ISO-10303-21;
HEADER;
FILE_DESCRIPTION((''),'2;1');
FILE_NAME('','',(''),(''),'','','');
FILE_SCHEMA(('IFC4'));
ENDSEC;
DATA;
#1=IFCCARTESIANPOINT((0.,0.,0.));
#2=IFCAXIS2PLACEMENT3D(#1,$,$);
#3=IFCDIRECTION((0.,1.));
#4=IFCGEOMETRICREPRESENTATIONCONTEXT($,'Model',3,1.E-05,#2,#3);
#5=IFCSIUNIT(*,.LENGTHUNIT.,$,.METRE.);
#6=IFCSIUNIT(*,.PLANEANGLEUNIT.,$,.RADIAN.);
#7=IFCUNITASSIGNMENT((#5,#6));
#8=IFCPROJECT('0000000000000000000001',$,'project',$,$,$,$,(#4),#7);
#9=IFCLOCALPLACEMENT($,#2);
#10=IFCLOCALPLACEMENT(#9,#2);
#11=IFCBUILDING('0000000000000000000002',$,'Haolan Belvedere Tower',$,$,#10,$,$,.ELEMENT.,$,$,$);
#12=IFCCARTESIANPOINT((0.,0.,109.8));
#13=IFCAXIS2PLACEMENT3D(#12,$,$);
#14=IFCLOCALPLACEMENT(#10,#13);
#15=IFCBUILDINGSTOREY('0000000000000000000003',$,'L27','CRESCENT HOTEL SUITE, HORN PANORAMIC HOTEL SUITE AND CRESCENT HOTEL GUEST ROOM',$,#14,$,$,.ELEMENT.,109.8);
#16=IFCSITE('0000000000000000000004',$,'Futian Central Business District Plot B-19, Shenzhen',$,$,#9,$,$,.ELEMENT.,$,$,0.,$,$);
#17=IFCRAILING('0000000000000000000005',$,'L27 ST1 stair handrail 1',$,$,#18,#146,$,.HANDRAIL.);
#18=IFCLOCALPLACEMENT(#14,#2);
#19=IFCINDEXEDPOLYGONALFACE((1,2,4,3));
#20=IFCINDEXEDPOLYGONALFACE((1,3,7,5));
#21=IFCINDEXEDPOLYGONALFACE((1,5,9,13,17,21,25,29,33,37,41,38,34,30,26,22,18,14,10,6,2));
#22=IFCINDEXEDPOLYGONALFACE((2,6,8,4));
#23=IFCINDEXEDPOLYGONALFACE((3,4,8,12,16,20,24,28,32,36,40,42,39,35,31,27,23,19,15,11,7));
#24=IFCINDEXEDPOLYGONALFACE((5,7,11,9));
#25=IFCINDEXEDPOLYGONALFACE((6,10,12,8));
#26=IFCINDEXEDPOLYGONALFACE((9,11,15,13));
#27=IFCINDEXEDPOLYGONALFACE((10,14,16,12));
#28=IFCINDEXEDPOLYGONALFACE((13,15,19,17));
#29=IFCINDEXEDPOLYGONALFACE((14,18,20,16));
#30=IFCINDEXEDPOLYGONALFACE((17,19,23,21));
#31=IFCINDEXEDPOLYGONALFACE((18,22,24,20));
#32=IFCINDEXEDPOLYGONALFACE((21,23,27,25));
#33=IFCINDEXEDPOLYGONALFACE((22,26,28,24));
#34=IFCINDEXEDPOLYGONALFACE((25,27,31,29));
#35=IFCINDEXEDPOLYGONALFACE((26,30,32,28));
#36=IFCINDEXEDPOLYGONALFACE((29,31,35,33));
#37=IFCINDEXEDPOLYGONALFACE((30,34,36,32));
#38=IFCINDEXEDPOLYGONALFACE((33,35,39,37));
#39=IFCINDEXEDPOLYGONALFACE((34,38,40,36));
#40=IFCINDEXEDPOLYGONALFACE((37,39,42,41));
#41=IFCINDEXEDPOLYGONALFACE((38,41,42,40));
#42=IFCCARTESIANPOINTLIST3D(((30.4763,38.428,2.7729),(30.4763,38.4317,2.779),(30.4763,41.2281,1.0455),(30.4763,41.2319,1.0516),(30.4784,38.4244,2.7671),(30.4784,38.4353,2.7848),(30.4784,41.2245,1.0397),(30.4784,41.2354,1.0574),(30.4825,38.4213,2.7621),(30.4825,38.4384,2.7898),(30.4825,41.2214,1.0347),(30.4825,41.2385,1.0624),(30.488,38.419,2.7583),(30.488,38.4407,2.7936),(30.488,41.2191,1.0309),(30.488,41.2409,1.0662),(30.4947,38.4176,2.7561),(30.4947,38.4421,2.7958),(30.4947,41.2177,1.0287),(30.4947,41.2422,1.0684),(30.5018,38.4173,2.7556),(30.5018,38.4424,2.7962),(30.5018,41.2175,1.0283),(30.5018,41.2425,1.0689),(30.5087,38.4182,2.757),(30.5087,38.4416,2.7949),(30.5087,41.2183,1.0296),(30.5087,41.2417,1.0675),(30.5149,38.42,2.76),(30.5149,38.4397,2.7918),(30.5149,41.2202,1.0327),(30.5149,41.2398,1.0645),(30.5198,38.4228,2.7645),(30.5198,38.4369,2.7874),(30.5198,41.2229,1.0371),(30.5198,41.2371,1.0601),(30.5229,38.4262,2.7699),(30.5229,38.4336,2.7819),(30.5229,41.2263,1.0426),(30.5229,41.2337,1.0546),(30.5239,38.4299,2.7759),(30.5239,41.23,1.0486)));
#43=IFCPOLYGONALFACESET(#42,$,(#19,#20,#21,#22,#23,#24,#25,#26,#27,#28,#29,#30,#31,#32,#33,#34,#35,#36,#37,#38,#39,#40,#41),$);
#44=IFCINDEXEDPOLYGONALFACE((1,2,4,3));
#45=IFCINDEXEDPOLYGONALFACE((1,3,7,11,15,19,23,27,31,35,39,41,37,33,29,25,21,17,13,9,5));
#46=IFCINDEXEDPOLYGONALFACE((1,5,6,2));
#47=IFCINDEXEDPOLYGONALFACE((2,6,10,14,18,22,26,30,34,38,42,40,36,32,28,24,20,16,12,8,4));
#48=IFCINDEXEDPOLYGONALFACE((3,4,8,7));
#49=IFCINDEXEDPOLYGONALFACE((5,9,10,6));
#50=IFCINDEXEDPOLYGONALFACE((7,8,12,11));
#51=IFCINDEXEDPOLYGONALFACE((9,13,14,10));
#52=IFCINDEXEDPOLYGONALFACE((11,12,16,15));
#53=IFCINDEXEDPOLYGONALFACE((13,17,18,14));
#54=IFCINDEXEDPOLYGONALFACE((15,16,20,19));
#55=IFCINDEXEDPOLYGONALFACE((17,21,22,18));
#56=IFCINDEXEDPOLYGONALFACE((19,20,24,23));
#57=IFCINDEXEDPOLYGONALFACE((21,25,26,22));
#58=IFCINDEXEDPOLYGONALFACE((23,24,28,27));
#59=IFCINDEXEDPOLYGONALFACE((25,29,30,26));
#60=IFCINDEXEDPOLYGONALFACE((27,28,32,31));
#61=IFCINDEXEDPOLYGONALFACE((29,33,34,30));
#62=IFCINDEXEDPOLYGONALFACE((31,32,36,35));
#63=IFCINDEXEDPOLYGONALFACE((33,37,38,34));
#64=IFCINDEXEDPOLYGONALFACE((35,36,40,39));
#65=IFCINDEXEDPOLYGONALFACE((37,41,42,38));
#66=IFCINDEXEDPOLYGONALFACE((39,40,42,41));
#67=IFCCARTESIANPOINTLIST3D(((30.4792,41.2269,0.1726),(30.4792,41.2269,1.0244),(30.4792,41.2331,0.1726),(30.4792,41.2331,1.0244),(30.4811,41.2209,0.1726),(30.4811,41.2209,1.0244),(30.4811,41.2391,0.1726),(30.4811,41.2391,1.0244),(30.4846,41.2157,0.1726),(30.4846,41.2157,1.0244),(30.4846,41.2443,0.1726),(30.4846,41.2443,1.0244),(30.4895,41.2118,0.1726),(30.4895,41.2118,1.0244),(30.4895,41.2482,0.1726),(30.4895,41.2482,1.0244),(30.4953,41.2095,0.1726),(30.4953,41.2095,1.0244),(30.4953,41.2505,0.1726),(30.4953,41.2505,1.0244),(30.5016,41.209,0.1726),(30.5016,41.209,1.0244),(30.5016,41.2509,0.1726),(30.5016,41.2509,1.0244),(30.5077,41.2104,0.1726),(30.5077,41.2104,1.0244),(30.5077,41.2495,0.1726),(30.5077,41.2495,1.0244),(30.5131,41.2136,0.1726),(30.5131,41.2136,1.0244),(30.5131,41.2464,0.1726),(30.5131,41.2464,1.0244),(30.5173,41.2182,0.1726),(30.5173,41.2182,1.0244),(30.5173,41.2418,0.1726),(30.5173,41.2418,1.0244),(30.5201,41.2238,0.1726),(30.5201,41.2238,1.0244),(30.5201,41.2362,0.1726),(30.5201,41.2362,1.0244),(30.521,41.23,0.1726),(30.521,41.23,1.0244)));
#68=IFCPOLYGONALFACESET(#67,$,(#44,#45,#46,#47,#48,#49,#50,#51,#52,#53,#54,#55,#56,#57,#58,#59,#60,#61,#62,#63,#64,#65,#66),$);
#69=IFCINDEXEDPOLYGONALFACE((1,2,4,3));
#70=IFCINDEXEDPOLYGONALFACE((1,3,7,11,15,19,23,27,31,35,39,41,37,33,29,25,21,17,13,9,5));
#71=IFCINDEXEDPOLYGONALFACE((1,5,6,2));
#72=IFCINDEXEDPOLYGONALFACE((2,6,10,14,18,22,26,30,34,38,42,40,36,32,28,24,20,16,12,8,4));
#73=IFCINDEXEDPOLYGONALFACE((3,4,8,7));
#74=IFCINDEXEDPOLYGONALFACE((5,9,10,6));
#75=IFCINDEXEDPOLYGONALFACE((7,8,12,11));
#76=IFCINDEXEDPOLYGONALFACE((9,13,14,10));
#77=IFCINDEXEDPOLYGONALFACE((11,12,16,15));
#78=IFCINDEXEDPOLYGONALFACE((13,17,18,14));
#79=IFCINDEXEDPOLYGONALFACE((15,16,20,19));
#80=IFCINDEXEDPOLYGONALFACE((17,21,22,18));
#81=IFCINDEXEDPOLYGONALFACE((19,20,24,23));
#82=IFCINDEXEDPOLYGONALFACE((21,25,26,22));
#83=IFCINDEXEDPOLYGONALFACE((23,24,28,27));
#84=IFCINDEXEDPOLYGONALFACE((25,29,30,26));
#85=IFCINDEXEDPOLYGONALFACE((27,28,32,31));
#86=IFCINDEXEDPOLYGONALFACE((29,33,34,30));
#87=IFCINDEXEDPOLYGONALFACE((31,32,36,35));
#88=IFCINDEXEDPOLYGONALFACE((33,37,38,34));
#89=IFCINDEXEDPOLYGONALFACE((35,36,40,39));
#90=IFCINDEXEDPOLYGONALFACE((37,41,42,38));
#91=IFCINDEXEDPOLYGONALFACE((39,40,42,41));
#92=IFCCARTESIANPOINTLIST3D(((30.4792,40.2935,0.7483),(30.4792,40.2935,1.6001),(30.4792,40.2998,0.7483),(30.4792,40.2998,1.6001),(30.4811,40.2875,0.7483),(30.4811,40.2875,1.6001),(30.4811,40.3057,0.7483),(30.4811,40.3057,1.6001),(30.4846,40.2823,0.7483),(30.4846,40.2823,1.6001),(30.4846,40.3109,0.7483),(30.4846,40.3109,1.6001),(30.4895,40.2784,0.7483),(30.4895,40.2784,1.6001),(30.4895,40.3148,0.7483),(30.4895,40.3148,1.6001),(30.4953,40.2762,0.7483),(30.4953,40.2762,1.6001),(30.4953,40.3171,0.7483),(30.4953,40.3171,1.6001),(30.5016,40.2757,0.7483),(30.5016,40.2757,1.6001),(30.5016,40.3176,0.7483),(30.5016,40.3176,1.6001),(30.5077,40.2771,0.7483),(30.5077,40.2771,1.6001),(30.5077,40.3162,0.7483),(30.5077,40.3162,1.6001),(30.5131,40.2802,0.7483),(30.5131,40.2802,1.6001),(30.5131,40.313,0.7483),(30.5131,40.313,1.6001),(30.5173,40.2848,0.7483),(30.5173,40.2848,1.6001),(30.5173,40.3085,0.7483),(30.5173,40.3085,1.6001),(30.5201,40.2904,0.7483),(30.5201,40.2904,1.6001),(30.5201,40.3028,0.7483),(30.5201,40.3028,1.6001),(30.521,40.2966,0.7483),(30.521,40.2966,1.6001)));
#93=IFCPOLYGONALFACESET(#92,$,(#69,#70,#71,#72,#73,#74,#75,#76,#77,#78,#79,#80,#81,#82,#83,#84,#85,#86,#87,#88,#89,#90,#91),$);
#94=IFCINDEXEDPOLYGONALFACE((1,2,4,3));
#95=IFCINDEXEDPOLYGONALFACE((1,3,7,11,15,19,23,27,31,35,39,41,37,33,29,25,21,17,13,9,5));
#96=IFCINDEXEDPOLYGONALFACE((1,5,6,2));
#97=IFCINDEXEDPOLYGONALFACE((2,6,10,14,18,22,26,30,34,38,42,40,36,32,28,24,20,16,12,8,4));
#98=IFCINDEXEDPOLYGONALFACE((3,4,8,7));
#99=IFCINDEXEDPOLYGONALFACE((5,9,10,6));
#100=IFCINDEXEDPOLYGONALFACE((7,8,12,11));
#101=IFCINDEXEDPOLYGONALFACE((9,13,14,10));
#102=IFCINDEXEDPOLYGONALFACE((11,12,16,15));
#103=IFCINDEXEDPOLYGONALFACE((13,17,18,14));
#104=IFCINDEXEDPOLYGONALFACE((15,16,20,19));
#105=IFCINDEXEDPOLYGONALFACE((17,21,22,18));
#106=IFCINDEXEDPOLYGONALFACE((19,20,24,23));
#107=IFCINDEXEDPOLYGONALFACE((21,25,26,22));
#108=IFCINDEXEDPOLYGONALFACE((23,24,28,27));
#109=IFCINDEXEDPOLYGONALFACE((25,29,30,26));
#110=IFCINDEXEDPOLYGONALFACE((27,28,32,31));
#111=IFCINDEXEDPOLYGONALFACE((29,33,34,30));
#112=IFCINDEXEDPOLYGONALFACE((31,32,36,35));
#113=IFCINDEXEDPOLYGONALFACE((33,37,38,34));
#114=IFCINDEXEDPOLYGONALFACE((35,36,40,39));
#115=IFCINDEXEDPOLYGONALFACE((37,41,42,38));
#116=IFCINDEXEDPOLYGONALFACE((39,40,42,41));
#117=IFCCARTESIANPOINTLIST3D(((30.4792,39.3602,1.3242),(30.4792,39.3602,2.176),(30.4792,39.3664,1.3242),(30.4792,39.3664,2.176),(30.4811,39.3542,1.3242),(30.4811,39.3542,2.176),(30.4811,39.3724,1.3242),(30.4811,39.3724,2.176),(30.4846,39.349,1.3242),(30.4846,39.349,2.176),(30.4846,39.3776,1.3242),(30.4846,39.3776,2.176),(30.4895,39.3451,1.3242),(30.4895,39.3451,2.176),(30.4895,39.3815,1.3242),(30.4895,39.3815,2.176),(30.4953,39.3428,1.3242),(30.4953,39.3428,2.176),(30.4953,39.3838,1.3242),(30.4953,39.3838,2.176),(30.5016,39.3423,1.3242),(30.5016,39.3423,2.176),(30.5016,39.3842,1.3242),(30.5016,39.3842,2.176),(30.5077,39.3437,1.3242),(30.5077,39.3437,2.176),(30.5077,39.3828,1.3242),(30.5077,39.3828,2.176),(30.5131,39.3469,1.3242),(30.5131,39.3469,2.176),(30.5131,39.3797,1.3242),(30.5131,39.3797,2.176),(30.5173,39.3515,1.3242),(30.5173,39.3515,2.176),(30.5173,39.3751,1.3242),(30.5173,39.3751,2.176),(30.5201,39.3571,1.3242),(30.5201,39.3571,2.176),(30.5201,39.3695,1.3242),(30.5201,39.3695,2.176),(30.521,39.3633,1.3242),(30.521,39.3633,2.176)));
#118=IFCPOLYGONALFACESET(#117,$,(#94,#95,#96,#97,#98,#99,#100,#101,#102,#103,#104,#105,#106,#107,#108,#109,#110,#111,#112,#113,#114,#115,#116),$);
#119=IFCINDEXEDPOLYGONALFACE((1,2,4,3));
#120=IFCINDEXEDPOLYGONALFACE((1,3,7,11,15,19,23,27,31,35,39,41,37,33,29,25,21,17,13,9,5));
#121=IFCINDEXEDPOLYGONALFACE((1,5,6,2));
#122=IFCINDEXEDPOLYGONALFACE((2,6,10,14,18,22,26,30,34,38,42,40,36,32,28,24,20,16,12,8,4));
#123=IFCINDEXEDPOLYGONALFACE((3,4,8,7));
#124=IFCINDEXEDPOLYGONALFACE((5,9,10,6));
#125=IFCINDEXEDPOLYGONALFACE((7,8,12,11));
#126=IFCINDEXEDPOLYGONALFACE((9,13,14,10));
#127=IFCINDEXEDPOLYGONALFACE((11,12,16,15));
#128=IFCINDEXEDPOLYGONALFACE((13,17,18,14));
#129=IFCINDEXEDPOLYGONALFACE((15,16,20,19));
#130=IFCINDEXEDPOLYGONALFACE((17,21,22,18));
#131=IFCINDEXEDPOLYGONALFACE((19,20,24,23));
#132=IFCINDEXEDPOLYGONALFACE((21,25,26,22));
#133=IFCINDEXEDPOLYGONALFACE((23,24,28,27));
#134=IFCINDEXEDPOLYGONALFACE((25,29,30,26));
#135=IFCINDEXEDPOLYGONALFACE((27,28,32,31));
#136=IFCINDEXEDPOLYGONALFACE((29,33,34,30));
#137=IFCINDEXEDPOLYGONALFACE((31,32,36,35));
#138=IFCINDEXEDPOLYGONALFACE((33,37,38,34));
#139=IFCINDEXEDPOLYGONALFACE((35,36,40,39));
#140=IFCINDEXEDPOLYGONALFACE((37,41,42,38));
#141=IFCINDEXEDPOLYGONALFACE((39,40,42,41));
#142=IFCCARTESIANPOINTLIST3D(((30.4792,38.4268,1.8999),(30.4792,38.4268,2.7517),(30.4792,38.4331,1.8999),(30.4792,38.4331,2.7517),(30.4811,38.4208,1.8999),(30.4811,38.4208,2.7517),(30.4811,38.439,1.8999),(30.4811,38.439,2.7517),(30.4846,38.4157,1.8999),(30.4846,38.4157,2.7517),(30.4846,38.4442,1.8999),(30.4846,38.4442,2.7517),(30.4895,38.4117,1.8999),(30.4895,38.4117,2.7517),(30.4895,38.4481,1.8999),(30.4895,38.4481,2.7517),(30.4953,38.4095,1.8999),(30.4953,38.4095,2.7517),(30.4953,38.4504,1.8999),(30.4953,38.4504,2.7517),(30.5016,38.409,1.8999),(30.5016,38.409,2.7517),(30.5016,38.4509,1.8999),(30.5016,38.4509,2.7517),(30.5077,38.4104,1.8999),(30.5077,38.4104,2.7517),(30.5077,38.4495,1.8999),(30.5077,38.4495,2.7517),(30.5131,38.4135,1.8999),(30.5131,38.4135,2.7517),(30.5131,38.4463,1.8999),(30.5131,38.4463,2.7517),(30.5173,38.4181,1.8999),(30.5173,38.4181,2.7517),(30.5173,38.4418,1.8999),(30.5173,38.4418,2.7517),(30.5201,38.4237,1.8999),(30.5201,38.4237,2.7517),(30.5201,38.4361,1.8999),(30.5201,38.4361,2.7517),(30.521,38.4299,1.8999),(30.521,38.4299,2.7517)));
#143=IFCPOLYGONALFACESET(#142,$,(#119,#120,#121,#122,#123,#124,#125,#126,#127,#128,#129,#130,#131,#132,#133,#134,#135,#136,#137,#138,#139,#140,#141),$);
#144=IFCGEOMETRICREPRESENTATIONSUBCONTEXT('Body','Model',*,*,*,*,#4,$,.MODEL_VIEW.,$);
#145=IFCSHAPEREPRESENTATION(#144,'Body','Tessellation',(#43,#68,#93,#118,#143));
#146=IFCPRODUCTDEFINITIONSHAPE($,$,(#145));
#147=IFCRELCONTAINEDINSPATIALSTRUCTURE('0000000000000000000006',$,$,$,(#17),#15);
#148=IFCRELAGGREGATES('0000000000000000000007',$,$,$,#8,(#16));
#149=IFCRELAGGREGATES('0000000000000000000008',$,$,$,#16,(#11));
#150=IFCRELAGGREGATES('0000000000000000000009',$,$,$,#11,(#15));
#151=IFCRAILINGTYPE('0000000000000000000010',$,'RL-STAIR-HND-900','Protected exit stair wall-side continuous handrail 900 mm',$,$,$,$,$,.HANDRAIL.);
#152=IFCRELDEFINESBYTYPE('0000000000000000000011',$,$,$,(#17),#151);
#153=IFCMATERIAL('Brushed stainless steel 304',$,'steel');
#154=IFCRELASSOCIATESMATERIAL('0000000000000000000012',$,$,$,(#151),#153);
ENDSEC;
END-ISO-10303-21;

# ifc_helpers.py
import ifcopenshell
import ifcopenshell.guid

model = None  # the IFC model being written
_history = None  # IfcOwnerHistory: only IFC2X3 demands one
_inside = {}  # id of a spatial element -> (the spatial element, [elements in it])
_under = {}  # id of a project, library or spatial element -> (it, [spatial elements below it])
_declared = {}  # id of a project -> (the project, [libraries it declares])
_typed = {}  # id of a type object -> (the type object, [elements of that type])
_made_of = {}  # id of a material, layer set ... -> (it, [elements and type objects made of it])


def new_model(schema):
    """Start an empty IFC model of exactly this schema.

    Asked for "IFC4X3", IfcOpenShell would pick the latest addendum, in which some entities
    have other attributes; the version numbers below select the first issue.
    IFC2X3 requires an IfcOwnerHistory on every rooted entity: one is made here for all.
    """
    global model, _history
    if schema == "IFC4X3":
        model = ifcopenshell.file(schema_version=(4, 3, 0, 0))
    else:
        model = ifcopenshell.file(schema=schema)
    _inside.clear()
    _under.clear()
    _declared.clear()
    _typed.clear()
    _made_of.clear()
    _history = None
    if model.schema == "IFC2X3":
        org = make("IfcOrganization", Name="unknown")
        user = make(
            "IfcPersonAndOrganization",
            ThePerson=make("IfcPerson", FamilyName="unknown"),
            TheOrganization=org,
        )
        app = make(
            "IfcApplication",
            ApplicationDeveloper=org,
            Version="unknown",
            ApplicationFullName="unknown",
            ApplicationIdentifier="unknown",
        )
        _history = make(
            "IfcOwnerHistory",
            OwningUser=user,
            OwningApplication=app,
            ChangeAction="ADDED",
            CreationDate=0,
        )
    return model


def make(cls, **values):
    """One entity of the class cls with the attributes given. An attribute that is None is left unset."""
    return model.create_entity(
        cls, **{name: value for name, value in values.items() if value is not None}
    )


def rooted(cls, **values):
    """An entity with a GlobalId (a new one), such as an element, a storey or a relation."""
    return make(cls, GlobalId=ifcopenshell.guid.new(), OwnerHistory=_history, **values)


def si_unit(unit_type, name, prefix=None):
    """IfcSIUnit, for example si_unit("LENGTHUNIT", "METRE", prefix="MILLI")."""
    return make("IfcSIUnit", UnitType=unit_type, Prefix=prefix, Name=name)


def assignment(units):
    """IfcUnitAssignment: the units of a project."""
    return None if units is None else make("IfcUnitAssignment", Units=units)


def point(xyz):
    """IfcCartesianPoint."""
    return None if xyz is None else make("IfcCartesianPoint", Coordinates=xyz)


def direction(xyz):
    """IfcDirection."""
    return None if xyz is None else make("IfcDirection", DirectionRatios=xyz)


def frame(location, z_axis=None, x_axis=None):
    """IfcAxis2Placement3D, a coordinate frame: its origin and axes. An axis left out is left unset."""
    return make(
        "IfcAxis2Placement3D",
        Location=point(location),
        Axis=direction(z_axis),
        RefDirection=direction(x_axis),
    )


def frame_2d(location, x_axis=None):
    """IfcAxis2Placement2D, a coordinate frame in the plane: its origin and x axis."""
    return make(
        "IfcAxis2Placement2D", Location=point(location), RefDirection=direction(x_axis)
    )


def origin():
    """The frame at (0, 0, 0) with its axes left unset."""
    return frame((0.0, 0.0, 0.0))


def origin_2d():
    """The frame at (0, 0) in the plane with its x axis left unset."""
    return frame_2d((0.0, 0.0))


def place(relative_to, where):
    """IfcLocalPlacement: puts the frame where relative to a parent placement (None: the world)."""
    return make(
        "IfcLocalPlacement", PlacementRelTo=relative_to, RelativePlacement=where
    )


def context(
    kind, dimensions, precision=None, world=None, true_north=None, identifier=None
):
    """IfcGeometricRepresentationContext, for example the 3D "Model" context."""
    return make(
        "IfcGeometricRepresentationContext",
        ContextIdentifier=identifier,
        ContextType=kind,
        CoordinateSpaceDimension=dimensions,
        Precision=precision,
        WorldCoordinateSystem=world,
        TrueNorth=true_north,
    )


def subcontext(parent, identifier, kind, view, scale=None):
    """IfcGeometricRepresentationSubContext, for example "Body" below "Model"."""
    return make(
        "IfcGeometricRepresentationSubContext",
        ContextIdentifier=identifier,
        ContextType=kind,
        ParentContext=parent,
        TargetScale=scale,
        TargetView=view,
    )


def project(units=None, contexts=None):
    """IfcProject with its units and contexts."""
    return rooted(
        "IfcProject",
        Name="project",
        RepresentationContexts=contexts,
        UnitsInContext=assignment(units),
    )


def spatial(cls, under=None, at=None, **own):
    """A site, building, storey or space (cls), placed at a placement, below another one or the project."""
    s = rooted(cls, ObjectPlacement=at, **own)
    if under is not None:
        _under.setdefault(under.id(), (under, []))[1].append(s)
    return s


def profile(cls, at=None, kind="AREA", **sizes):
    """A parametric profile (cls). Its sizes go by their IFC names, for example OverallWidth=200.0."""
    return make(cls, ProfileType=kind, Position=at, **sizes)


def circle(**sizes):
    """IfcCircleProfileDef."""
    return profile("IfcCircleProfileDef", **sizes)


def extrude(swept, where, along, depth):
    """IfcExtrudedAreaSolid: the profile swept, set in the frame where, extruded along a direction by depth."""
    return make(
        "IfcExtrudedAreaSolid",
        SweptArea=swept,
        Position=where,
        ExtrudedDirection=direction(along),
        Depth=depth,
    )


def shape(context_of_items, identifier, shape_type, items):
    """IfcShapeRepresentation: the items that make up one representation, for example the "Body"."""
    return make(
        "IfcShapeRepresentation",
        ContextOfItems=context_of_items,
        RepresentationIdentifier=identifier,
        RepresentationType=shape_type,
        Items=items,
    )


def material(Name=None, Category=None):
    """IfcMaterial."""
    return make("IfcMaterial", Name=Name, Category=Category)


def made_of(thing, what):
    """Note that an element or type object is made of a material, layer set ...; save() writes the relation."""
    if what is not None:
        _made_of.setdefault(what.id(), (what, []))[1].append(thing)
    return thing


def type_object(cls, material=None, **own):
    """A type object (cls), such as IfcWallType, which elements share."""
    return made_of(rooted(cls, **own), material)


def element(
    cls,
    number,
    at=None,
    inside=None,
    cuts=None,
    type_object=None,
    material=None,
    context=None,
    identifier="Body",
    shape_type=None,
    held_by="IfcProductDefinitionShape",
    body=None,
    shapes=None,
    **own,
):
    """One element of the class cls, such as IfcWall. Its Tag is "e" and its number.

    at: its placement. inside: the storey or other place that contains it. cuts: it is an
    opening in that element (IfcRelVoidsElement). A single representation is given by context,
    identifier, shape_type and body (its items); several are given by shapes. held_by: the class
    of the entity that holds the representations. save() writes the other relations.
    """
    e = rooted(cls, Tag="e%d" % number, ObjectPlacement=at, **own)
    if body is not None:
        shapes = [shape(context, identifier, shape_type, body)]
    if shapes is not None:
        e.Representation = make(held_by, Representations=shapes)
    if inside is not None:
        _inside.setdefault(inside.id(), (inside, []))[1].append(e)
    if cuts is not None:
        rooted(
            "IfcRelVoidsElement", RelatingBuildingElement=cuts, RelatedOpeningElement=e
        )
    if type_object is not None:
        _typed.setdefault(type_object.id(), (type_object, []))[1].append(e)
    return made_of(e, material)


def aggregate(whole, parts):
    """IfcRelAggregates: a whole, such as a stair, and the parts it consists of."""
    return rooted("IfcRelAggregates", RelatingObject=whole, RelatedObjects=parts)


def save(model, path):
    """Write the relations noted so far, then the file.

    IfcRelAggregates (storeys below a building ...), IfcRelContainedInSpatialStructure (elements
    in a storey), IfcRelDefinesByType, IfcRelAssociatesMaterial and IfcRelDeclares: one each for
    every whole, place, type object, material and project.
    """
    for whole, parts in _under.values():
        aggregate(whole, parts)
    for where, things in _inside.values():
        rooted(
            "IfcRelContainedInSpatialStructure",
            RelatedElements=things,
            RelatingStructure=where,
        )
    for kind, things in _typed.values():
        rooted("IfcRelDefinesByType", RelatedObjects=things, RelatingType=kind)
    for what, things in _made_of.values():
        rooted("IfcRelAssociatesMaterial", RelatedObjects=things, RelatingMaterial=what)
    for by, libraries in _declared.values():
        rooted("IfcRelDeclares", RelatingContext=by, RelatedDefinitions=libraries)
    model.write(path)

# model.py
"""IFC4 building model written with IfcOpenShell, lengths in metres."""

from ifc_helpers import new_model, si_unit, direction, frame, origin, origin_2d, place, context, subcontext, project, spatial, circle, extrude, material, type_object, element, save


model = new_model("IFC4")

# Units and contexts
model_context = context("Model", 3, precision=1e-05, world=origin(), true_north=direction((0.0, 1.0)))
body_context = subcontext(model_context, "Body", "Model", "MODEL_VIEW")
ifc_project = project(units=[si_unit("LENGTHUNIT", "METRE"), si_unit("PLANEANGLEUNIT", "RADIAN")], contexts=[model_context])

# Site, building, storey
site_placement = place(None, origin())
site = spatial("IfcSite", under=ifc_project, at=site_placement, Name="Futian Central Business District Plot B-19, Shenzhen", CompositionType="ELEMENT", RefElevation=0.0)
building_placement = place(site_placement, origin())
building = spatial("IfcBuilding", under=site, at=building_placement, Name="Haolan Belvedere Tower", CompositionType="ELEMENT")
storey_placement = place(building_placement, frame((0.0, 0.0, 109.8)))
storey = spatial("IfcBuildingStorey", under=building, at=storey_placement, Name="L27", Description="CRESCENT HOTEL SUITE, HORN PANORAMIC HOTEL SUITE AND CRESCENT HOTEL GUEST ROOM", CompositionType="ELEMENT", Elevation=109.8)

# Railing
ifc_material_1 = material(Name="Brushed stainless steel 304", Category="steel")
railing_type_1 = type_object("IfcRailingType", Name="RL-STAIR-HND-900", Description="Protected exit stair wall-side continuous handrail 900 mm", PredefinedType="HANDRAIL", material=ifc_material_1)
railing_1_placement = place(storey_placement, frame((30.5, 41.23, 0.1726)))
element("IfcRailing", 1, at=railing_1_placement, inside=storey, type_object=railing_type_1, Name="L27 ST1 stair handrail 1", PredefinedType="HANDRAIL", context=body_context, shape_type="SweptSolid", body=[
    extrude(circle(Radius=0.0239, at=origin_2d()), frame((0.0, 0.0, 0.876), z_axis=(0.0, -0.85109, 0.52502), x_axis=(1.0, 0.0, 0.0)), (0.0, 0.0, 1.0), 3.29),
    extrude(circle(Radius=0.021, at=origin_2d()), origin(), (0.0, 0.0, 1.0), 0.8518),
    extrude(circle(Radius=0.021, at=origin_2d()), frame((0.0, -0.9333, 0.5757)), (0.0, 0.0, 1.0), 0.8518),
    extrude(circle(Radius=0.021, at=origin_2d()), frame((0.0, -1.8667, 1.1516)), (0.0, 0.0, 1.0), 0.8518),
    extrude(circle(Radius=0.021, at=origin_2d()), frame((0.0, -2.8, 1.7273)), (0.0, 0.0, 1.0), 0.8518),
])

save(model, "model.ifc")
